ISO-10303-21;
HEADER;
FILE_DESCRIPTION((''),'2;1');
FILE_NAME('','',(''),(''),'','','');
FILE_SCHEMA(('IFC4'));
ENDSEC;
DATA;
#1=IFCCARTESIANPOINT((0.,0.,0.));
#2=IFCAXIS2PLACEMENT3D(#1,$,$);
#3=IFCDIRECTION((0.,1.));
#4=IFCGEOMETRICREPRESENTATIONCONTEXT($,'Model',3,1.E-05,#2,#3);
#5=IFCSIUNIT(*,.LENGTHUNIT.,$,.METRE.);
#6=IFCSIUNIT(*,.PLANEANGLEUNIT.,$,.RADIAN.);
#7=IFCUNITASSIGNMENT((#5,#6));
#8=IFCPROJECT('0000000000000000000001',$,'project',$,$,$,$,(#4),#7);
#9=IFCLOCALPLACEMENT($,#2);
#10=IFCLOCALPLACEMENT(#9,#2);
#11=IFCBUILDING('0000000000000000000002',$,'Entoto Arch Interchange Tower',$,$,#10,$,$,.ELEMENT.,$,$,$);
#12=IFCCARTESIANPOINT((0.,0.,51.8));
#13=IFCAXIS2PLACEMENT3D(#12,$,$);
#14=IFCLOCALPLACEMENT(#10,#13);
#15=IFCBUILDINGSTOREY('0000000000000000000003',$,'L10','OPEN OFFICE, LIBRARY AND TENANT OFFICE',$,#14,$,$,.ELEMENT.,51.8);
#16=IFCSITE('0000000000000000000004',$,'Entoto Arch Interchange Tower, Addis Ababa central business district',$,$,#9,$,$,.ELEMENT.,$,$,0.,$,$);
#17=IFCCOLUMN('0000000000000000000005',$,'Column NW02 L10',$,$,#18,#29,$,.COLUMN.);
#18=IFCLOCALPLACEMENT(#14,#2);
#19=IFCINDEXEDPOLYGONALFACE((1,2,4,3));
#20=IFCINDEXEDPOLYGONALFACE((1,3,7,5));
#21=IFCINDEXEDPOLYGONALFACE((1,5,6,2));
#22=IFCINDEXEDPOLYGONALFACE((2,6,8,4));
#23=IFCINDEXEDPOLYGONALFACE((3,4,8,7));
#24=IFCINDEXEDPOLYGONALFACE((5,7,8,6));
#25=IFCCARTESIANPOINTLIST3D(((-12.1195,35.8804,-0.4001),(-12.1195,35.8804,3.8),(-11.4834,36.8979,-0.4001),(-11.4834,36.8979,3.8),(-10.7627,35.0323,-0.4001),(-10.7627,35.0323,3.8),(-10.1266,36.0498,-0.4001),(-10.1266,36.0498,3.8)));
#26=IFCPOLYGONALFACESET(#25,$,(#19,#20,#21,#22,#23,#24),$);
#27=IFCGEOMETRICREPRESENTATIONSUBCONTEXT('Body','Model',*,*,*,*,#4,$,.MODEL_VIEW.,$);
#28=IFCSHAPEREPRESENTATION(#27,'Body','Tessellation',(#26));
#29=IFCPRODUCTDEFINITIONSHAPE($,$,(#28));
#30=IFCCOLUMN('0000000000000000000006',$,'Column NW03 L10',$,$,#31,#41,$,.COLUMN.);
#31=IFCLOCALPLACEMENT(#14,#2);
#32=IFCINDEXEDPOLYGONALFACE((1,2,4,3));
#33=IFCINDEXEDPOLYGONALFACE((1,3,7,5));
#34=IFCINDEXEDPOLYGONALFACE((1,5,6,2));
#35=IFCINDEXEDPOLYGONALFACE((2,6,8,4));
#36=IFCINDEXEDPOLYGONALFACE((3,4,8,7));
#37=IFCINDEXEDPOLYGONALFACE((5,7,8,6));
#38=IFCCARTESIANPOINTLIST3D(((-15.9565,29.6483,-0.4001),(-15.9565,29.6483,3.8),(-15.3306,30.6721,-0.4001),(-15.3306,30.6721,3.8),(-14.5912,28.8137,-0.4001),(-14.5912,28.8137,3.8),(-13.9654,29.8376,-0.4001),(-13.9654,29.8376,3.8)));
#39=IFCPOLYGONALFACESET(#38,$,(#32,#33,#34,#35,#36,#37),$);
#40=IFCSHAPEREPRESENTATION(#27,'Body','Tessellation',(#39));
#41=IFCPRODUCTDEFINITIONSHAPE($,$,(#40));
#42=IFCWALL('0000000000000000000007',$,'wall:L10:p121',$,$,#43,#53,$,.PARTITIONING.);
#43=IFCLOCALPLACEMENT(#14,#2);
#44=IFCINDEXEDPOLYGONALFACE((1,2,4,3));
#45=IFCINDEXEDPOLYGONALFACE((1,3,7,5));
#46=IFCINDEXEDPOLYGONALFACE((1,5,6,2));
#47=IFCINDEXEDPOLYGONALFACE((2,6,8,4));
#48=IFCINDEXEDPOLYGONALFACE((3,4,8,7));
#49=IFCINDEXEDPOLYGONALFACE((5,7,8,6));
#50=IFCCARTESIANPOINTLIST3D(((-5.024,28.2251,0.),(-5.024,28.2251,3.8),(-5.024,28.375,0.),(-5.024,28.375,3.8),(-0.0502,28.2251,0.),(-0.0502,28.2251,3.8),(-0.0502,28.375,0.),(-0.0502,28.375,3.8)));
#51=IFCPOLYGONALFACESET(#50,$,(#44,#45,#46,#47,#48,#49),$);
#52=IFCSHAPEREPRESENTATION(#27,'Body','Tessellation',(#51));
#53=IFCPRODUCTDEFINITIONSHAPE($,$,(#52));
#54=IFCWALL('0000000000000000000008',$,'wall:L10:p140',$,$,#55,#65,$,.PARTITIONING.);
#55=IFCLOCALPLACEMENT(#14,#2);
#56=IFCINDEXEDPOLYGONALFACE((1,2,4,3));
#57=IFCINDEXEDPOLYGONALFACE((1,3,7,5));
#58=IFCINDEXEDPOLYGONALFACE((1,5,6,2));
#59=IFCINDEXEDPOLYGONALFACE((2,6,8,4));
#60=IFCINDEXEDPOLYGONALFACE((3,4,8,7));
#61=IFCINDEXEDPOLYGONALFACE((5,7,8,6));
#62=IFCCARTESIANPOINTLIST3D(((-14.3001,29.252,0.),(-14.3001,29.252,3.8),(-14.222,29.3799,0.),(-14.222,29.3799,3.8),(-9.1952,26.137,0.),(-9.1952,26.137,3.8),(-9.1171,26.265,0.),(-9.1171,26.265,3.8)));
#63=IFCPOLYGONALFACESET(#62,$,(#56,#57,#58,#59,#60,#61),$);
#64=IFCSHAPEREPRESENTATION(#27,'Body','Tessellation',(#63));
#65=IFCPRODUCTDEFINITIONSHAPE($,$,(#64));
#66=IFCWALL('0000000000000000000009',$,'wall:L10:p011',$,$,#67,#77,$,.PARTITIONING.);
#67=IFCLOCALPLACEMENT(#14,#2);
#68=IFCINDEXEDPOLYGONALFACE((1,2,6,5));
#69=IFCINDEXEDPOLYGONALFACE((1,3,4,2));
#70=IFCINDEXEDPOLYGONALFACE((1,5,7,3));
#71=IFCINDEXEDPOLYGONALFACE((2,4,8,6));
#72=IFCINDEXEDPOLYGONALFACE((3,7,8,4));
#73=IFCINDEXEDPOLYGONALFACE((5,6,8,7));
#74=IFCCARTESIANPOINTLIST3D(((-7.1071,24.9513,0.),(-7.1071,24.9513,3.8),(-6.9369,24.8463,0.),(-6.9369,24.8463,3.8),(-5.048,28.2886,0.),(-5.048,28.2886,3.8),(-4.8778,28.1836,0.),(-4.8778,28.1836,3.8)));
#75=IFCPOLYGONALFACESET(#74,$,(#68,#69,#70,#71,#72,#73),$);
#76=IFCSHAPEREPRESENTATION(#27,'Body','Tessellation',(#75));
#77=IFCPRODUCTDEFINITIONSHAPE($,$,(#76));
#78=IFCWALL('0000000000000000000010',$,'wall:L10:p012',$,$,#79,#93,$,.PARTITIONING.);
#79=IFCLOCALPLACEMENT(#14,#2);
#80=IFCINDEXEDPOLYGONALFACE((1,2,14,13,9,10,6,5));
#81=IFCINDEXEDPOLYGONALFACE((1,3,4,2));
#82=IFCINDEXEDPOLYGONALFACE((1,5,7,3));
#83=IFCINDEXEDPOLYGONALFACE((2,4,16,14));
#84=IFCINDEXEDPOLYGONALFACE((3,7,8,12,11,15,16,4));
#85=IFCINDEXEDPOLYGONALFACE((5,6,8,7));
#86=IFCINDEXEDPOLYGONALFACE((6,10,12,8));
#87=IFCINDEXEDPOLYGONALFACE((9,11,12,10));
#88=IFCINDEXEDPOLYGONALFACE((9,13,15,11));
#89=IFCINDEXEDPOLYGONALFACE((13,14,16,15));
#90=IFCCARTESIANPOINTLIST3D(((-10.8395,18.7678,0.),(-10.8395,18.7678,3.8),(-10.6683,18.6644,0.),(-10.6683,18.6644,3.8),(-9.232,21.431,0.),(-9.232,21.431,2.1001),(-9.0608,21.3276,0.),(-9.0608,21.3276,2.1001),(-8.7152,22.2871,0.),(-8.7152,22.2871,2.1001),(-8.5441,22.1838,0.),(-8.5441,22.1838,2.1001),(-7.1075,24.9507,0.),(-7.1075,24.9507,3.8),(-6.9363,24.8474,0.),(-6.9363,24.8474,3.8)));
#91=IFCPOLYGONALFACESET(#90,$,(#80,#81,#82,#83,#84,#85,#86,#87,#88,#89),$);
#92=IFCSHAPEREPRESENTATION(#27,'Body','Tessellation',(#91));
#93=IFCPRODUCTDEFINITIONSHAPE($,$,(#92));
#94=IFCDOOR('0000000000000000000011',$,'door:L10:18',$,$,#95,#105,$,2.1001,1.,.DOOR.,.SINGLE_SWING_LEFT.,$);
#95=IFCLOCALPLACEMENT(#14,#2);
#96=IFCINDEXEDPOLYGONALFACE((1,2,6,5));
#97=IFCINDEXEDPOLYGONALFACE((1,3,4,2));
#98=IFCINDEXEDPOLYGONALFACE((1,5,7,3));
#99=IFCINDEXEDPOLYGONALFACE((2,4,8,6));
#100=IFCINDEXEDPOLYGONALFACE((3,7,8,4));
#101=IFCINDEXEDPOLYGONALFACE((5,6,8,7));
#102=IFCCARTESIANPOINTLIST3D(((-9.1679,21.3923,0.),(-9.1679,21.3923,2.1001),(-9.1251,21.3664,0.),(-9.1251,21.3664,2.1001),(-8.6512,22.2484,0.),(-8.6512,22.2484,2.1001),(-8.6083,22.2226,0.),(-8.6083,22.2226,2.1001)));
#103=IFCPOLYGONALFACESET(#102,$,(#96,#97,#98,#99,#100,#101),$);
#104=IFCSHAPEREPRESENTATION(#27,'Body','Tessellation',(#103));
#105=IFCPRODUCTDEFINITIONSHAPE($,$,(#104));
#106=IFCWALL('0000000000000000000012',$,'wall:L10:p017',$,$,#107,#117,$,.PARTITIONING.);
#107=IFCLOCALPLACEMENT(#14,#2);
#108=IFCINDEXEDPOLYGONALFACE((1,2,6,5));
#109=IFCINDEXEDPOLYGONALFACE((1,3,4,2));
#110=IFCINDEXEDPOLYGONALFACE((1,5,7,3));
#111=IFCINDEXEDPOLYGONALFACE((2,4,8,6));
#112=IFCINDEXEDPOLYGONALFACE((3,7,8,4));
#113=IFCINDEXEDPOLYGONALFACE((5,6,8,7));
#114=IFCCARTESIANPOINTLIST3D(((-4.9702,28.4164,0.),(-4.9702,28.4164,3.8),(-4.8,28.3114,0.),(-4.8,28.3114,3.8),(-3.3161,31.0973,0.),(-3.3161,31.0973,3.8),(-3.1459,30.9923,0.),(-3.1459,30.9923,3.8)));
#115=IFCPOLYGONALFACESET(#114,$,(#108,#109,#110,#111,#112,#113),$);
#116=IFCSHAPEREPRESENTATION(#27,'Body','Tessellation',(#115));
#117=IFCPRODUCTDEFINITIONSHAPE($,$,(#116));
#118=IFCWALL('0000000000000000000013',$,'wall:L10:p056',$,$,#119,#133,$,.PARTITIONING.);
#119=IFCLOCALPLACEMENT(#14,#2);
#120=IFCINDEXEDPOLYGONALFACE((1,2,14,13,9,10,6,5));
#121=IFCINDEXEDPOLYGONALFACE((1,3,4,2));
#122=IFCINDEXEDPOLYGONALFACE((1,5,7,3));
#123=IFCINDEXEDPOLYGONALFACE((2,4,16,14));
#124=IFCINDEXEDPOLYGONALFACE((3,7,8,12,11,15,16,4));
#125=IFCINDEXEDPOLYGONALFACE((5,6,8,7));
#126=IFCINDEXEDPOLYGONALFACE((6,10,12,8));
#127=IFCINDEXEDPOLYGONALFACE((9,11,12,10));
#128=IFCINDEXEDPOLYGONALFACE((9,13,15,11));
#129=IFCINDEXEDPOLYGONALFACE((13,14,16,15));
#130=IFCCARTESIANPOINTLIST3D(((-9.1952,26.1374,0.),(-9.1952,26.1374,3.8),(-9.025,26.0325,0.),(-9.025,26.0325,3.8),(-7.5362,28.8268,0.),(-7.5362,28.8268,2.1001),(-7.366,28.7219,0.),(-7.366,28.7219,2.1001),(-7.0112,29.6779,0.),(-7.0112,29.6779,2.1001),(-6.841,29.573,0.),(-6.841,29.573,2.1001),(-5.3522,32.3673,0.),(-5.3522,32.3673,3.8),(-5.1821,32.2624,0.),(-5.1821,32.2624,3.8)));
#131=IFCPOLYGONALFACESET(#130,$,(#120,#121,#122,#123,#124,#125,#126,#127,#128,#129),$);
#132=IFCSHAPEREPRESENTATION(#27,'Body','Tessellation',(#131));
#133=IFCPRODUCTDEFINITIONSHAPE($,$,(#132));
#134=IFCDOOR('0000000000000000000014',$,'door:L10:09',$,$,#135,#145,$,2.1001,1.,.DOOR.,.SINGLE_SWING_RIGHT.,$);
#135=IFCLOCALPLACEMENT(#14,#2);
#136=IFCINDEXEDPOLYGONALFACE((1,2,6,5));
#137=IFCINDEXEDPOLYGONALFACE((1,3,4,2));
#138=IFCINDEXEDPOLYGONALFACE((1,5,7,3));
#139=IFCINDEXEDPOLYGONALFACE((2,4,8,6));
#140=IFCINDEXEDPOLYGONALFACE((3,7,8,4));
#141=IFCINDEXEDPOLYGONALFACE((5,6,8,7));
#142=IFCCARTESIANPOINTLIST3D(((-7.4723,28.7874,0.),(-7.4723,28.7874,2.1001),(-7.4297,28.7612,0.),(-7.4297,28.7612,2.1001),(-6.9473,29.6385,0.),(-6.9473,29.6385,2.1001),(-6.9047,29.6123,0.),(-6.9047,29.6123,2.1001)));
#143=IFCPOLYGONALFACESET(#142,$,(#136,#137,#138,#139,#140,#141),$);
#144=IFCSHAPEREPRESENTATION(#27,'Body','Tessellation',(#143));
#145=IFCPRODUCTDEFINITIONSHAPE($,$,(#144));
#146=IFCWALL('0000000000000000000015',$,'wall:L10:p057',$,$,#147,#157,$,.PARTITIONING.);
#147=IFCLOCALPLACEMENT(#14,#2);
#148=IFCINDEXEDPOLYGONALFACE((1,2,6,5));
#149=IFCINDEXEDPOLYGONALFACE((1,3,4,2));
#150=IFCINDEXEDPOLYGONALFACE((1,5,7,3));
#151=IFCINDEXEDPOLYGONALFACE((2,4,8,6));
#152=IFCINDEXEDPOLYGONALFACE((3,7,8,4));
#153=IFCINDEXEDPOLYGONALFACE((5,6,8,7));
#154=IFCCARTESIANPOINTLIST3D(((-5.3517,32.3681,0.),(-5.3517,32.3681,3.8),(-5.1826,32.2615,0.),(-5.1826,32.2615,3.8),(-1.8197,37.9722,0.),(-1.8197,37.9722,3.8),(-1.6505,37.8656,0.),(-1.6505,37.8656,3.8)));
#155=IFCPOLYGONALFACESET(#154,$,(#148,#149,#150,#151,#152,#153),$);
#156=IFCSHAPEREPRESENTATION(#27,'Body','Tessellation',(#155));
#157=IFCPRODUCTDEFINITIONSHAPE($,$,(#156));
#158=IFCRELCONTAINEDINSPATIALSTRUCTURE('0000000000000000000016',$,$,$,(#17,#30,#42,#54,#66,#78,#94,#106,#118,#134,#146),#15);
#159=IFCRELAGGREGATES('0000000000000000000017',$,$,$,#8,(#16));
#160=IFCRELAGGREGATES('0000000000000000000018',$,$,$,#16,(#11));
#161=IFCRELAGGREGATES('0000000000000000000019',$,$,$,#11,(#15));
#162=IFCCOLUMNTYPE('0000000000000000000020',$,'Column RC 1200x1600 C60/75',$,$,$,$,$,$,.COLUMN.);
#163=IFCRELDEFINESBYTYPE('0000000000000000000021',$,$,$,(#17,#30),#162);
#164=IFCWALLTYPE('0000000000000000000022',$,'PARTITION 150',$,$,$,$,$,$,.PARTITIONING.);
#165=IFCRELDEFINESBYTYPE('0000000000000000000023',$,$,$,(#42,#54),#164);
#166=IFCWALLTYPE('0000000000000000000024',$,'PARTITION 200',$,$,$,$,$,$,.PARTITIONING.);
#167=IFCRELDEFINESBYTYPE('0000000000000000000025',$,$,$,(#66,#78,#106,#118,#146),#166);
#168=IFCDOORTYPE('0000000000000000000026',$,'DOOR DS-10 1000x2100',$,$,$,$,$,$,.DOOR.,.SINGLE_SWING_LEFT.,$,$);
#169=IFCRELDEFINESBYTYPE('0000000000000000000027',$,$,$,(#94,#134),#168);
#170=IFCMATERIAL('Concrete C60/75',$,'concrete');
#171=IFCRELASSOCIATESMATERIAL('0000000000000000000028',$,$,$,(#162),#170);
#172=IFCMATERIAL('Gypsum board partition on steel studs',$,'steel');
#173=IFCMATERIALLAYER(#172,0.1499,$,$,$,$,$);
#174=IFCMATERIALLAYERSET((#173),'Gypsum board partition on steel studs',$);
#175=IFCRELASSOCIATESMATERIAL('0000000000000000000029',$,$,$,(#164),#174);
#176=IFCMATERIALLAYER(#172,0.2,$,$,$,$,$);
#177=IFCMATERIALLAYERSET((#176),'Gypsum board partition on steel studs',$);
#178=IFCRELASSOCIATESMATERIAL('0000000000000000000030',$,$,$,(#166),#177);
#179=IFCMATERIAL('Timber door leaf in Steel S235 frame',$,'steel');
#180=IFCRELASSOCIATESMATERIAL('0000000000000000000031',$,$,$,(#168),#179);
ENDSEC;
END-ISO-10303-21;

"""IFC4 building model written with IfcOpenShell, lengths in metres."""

from ifc_helpers import new_model, si_unit, direction, frame, frame_2d, origin, origin_2d, place, context, subcontext, project, spatial, rectangle, extrude, material, layer, layer_set, material_profile, profile_set, type_object, element, fill, save


model = new_model("IFC4")

# Units and contexts
model_context = context("Model", 3, precision=1e-05, world=origin(), true_north=direction((0.0, 1.0)))
body_context = subcontext(model_context, "Body", "Model", "MODEL_VIEW")
ifc_project = project(units=[si_unit("LENGTHUNIT", "METRE"), si_unit("PLANEANGLEUNIT", "RADIAN")], contexts=[model_context])

# Site, building, storey
site_placement = place(None, origin())
site = spatial("IfcSite", under=ifc_project, at=site_placement, Name="Entoto Arch Interchange Tower, Addis Ababa central business district", CompositionType="ELEMENT", RefElevation=0.0)
building_placement = place(site_placement, origin())
building = spatial("IfcBuilding", under=site, at=building_placement, Name="Entoto Arch Interchange Tower", CompositionType="ELEMENT")
storey_placement = place(building_placement, frame((0.0, 0.0, 51.8)))
storey = spatial("IfcBuildingStorey", under=building, at=storey_placement, Name="L10", Description="OPEN OFFICE, LIBRARY AND TENANT OFFICE", CompositionType="ELEMENT", Elevation=51.8)

# Columns
ifc_material_1 = material(Name="Concrete C60/75", Category="concrete")
ifc_material_profile = material_profile(ifc_material_1, rectangle(XDim=1.2, YDim=1.6001, at=origin_2d()))
ifc_profile_set = profile_set([ifc_material_profile], Name="Concrete C60/75")
column_type = type_object("IfcColumnType", Name="Column RC 1200x1600 C60/75", PredefinedType="COLUMN", material=ifc_profile_set)
for number, where, z_axis, x_axis, name in (
    (1, (-11.123, 35.9651, -0.4001), (0.0, 0.0, 1.0), (0.530067, 0.847956, 0.0), "Column NW02 L10"),
    (2, (-14.9609, 29.7429, -0.4001), (0.0, 0.0, 1.0), (0.521546, 0.853223, 0.0), "Column NW03 L10"),
):
    element("IfcColumn", number, at=place(storey_placement, frame(where, z_axis=z_axis, x_axis=x_axis)), inside=storey, type_object=column_type, Name=name, PredefinedType="COLUMN", context=body_context, shape_type="SweptSolid", body=[
        extrude(rectangle(XDim=1.2, YDim=1.6001, at=origin_2d()), origin(), (0.0, 0.0, 1.0), 4.2002),
    ])

# Walls
ifc_material_2 = material(Name="Gypsum board partition on steel studs", Category="steel")
ifc_layer_1 = layer(ifc_material_2, 0.1499)
ifc_layer_set_1 = layer_set([ifc_layer_1], Name="Gypsum board partition on steel studs")
wall_type_1 = type_object("IfcWallType", Name="PARTITION 150", PredefinedType="PARTITIONING", material=ifc_layer_set_1)
wall_1_placement = place(storey_placement, frame((-5.0239, 28.3, 0.0), z_axis=(0.0, 0.0, 1.0), x_axis=(1.0, 0.0, 0.0)))
element("IfcWall", 3, at=wall_1_placement, inside=storey, type_object=wall_type_1, Name="wall:L10:p121", PredefinedType="PARTITIONING", context=body_context, shape_type="SweptSolid", body=[
    extrude(rectangle(XDim=4.9739, YDim=0.1499, at=frame_2d((2.4868, 0.0))), origin(), (0.0, 0.0, 1.0), 3.8),
])
wall_2_placement = place(storey_placement, frame((-9.156, 26.2009, 0.0), z_axis=(0.0, 0.0, 1.0), x_axis=(-0.853633, 0.520875, 0.0)))
element("IfcWall", 4, at=wall_2_placement, inside=storey, type_object=wall_type_1, Name="wall:L10:p140", PredefinedType="PARTITIONING", context=body_context, shape_type="SweptSolid", body=[
    extrude(rectangle(XDim=5.9802, YDim=0.1499, at=frame_2d((2.9902, 0.0))), origin(), (0.0, 0.0, 1.0), 3.8),
])
ifc_layer_2 = layer(ifc_material_2, 0.2)
ifc_layer_set_2 = layer_set([ifc_layer_2], Name="Gypsum board partition on steel studs")
wall_type_2 = type_object("IfcWallType", Name="PARTITION 200", PredefinedType="PARTITIONING", material=ifc_layer_set_2)
wall_3_placement = place(storey_placement, frame((-4.9629, 28.2361, 0.0), z_axis=(0.0, 0.0, 1.0), x_axis=(-0.525104, -0.851038, 0.0)))
element("IfcWall", 5, at=wall_3_placement, inside=storey, type_object=wall_type_2, Name="wall:L10:p011", PredefinedType="PARTITIONING", context=body_context, shape_type="SweptSolid", body=[
    extrude(rectangle(XDim=3.9214, YDim=0.2, at=frame_2d((1.9607, 0.0))), origin(), (0.0, 0.0, 1.0), 3.8),
])

# Wall, opening, door
wall_4_placement = place(storey_placement, frame((-7.022, 24.8989, 0.0), z_axis=(0.0, 0.0, 1.0), x_axis=(-0.516756, -0.856133, 0.0)))
wall_4 = element("IfcWall", 6, at=wall_4_placement, inside=storey, type_object=wall_type_2, Name="wall:L10:p012", PredefinedType="PARTITIONING", context=body_context, shape_type="SweptSolid", body=[
    extrude(rectangle(XDim=7.2219, YDim=0.2, at=frame_2d((3.6108, 0.0))), origin(), (0.0, 0.0, 1.0), 3.8),
])
opening_1_placement = place(wall_4_placement, frame((3.1111, 0.0, 0.0)))
opening_1 = element("IfcOpeningElement", 7, at=opening_1_placement, cuts=wall_4, PredefinedType="OPENING", context=body_context, shape_type="SweptSolid", body=[
    extrude(rectangle(XDim=1.0, YDim=2.1001, at=frame_2d((0.5, 1.05))), frame((0.0, 0.1099, 0.0), z_axis=(0.0, -1.0, 0.0), x_axis=(1.0, 0.0, 0.0)), (0.0, 0.0, 1.0), 0.22),
])
ifc_material_3 = material(Name="Timber door leaf in Steel S235 frame", Category="steel")
door_type = type_object("IfcDoorType", Name="DOOR DS-10 1000x2100", OperationType="SINGLE_SWING_LEFT", PredefinedType="DOOR", material=ifc_material_3)
door_1_placement = place(opening_1_placement, origin())
door_1 = element("IfcDoor", 8, at=door_1_placement, inside=storey, type_object=door_type, Name="door:L10:18", OperationType="SINGLE_SWING_LEFT", OverallHeight=2.1001, OverallWidth=1.0, PredefinedType="DOOR", context=body_context, shape_type="SweptSolid", body=[
    extrude(rectangle(XDim=1.0, YDim=2.1001, at=frame_2d((0.5, 1.05))), frame((0.0, 0.0249, 0.0), z_axis=(0.0, -1.0, 0.0), x_axis=(1.0, 0.0, 0.0)), (0.0, 0.0, 1.0), 0.05),
])
fill(opening_1, door_1)

# Wall
wall_5_placement = place(storey_placement, frame((-3.231, 31.0449, 0.0), z_axis=(0.0, 0.0, 1.0), x_axis=(-0.525079, -0.851054, 0.0)))
element("IfcWall", 9, at=wall_5_placement, inside=storey, type_object=wall_type_2, Name="wall:L10:p017", PredefinedType="PARTITIONING", context=body_context, shape_type="SweptSolid", body=[
    extrude(rectangle(XDim=3.1501, YDim=0.2, at=frame_2d((1.5752, 0.0))), origin(), (0.0, 0.0, 1.0), 3.8),
])

# Wall, opening, door
wall_6_placement = place(storey_placement, frame((-9.1101, 26.085, 0.0), z_axis=(0.0, 0.0, 1.0), x_axis=(0.525007, 0.851098, 0.0)))
wall_6 = element("IfcWall", 10, at=wall_6_placement, inside=storey, type_object=wall_type_2, Name="wall:L10:p056", PredefinedType="PARTITIONING", context=body_context, shape_type="SweptSolid", body=[
    extrude(rectangle(XDim=7.3198, YDim=0.2, at=frame_2d((3.6599, 0.0))), origin(), (0.0, 0.0, 1.0), 3.8),
])
opening_2_placement = place(wall_6_placement, frame((3.1599, 0.0, 0.0)))
opening_2 = element("IfcOpeningElement", 11, at=opening_2_placement, cuts=wall_6, PredefinedType="OPENING", context=body_context, shape_type="SweptSolid", body=[
    extrude(rectangle(XDim=1.0, YDim=2.1001, at=frame_2d((0.5, 1.05))), frame((0.0, 0.1099, 0.0), z_axis=(0.0, -1.0, 0.0), x_axis=(1.0, 0.0, 0.0)), (0.0, 0.0, 1.0), 0.22),
])
door_2_placement = place(opening_2_placement, origin())
door_2 = element("IfcDoor", 12, at=door_2_placement, inside=storey, type_object=door_type, Name="door:L10:09", OperationType="SINGLE_SWING_RIGHT", OverallHeight=2.1001, OverallWidth=1.0, PredefinedType="DOOR", context=body_context, shape_type="SweptSolid", body=[
    extrude(rectangle(XDim=1.0, YDim=2.1001, at=frame_2d((0.5, 1.05))), frame((0.0, 0.0249, 0.0), z_axis=(0.0, -1.0, 0.0), x_axis=(1.0, 0.0, 0.0)), (0.0, 0.0, 1.0), 0.05),
])
fill(opening_2, door_2)

# Wall
wall_7_placement = place(storey_placement, frame((-5.2671, 32.3149, 0.0), z_axis=(0.0, 0.0, 1.0), x_axis=(0.533195, 0.845992, 0.0)))
element("IfcWall", 13, at=wall_7_placement, inside=storey, type_object=wall_type_2, Name="wall:L10:p057", PredefinedType="PARTITIONING", context=body_context, shape_type="SweptSolid", body=[
    extrude(rectangle(XDim=6.6243, YDim=0.2, at=frame_2d((3.312, 0.0))), origin(), (0.0, 0.0, 1.0), 3.8),
])

save(model, "model.ifc")
